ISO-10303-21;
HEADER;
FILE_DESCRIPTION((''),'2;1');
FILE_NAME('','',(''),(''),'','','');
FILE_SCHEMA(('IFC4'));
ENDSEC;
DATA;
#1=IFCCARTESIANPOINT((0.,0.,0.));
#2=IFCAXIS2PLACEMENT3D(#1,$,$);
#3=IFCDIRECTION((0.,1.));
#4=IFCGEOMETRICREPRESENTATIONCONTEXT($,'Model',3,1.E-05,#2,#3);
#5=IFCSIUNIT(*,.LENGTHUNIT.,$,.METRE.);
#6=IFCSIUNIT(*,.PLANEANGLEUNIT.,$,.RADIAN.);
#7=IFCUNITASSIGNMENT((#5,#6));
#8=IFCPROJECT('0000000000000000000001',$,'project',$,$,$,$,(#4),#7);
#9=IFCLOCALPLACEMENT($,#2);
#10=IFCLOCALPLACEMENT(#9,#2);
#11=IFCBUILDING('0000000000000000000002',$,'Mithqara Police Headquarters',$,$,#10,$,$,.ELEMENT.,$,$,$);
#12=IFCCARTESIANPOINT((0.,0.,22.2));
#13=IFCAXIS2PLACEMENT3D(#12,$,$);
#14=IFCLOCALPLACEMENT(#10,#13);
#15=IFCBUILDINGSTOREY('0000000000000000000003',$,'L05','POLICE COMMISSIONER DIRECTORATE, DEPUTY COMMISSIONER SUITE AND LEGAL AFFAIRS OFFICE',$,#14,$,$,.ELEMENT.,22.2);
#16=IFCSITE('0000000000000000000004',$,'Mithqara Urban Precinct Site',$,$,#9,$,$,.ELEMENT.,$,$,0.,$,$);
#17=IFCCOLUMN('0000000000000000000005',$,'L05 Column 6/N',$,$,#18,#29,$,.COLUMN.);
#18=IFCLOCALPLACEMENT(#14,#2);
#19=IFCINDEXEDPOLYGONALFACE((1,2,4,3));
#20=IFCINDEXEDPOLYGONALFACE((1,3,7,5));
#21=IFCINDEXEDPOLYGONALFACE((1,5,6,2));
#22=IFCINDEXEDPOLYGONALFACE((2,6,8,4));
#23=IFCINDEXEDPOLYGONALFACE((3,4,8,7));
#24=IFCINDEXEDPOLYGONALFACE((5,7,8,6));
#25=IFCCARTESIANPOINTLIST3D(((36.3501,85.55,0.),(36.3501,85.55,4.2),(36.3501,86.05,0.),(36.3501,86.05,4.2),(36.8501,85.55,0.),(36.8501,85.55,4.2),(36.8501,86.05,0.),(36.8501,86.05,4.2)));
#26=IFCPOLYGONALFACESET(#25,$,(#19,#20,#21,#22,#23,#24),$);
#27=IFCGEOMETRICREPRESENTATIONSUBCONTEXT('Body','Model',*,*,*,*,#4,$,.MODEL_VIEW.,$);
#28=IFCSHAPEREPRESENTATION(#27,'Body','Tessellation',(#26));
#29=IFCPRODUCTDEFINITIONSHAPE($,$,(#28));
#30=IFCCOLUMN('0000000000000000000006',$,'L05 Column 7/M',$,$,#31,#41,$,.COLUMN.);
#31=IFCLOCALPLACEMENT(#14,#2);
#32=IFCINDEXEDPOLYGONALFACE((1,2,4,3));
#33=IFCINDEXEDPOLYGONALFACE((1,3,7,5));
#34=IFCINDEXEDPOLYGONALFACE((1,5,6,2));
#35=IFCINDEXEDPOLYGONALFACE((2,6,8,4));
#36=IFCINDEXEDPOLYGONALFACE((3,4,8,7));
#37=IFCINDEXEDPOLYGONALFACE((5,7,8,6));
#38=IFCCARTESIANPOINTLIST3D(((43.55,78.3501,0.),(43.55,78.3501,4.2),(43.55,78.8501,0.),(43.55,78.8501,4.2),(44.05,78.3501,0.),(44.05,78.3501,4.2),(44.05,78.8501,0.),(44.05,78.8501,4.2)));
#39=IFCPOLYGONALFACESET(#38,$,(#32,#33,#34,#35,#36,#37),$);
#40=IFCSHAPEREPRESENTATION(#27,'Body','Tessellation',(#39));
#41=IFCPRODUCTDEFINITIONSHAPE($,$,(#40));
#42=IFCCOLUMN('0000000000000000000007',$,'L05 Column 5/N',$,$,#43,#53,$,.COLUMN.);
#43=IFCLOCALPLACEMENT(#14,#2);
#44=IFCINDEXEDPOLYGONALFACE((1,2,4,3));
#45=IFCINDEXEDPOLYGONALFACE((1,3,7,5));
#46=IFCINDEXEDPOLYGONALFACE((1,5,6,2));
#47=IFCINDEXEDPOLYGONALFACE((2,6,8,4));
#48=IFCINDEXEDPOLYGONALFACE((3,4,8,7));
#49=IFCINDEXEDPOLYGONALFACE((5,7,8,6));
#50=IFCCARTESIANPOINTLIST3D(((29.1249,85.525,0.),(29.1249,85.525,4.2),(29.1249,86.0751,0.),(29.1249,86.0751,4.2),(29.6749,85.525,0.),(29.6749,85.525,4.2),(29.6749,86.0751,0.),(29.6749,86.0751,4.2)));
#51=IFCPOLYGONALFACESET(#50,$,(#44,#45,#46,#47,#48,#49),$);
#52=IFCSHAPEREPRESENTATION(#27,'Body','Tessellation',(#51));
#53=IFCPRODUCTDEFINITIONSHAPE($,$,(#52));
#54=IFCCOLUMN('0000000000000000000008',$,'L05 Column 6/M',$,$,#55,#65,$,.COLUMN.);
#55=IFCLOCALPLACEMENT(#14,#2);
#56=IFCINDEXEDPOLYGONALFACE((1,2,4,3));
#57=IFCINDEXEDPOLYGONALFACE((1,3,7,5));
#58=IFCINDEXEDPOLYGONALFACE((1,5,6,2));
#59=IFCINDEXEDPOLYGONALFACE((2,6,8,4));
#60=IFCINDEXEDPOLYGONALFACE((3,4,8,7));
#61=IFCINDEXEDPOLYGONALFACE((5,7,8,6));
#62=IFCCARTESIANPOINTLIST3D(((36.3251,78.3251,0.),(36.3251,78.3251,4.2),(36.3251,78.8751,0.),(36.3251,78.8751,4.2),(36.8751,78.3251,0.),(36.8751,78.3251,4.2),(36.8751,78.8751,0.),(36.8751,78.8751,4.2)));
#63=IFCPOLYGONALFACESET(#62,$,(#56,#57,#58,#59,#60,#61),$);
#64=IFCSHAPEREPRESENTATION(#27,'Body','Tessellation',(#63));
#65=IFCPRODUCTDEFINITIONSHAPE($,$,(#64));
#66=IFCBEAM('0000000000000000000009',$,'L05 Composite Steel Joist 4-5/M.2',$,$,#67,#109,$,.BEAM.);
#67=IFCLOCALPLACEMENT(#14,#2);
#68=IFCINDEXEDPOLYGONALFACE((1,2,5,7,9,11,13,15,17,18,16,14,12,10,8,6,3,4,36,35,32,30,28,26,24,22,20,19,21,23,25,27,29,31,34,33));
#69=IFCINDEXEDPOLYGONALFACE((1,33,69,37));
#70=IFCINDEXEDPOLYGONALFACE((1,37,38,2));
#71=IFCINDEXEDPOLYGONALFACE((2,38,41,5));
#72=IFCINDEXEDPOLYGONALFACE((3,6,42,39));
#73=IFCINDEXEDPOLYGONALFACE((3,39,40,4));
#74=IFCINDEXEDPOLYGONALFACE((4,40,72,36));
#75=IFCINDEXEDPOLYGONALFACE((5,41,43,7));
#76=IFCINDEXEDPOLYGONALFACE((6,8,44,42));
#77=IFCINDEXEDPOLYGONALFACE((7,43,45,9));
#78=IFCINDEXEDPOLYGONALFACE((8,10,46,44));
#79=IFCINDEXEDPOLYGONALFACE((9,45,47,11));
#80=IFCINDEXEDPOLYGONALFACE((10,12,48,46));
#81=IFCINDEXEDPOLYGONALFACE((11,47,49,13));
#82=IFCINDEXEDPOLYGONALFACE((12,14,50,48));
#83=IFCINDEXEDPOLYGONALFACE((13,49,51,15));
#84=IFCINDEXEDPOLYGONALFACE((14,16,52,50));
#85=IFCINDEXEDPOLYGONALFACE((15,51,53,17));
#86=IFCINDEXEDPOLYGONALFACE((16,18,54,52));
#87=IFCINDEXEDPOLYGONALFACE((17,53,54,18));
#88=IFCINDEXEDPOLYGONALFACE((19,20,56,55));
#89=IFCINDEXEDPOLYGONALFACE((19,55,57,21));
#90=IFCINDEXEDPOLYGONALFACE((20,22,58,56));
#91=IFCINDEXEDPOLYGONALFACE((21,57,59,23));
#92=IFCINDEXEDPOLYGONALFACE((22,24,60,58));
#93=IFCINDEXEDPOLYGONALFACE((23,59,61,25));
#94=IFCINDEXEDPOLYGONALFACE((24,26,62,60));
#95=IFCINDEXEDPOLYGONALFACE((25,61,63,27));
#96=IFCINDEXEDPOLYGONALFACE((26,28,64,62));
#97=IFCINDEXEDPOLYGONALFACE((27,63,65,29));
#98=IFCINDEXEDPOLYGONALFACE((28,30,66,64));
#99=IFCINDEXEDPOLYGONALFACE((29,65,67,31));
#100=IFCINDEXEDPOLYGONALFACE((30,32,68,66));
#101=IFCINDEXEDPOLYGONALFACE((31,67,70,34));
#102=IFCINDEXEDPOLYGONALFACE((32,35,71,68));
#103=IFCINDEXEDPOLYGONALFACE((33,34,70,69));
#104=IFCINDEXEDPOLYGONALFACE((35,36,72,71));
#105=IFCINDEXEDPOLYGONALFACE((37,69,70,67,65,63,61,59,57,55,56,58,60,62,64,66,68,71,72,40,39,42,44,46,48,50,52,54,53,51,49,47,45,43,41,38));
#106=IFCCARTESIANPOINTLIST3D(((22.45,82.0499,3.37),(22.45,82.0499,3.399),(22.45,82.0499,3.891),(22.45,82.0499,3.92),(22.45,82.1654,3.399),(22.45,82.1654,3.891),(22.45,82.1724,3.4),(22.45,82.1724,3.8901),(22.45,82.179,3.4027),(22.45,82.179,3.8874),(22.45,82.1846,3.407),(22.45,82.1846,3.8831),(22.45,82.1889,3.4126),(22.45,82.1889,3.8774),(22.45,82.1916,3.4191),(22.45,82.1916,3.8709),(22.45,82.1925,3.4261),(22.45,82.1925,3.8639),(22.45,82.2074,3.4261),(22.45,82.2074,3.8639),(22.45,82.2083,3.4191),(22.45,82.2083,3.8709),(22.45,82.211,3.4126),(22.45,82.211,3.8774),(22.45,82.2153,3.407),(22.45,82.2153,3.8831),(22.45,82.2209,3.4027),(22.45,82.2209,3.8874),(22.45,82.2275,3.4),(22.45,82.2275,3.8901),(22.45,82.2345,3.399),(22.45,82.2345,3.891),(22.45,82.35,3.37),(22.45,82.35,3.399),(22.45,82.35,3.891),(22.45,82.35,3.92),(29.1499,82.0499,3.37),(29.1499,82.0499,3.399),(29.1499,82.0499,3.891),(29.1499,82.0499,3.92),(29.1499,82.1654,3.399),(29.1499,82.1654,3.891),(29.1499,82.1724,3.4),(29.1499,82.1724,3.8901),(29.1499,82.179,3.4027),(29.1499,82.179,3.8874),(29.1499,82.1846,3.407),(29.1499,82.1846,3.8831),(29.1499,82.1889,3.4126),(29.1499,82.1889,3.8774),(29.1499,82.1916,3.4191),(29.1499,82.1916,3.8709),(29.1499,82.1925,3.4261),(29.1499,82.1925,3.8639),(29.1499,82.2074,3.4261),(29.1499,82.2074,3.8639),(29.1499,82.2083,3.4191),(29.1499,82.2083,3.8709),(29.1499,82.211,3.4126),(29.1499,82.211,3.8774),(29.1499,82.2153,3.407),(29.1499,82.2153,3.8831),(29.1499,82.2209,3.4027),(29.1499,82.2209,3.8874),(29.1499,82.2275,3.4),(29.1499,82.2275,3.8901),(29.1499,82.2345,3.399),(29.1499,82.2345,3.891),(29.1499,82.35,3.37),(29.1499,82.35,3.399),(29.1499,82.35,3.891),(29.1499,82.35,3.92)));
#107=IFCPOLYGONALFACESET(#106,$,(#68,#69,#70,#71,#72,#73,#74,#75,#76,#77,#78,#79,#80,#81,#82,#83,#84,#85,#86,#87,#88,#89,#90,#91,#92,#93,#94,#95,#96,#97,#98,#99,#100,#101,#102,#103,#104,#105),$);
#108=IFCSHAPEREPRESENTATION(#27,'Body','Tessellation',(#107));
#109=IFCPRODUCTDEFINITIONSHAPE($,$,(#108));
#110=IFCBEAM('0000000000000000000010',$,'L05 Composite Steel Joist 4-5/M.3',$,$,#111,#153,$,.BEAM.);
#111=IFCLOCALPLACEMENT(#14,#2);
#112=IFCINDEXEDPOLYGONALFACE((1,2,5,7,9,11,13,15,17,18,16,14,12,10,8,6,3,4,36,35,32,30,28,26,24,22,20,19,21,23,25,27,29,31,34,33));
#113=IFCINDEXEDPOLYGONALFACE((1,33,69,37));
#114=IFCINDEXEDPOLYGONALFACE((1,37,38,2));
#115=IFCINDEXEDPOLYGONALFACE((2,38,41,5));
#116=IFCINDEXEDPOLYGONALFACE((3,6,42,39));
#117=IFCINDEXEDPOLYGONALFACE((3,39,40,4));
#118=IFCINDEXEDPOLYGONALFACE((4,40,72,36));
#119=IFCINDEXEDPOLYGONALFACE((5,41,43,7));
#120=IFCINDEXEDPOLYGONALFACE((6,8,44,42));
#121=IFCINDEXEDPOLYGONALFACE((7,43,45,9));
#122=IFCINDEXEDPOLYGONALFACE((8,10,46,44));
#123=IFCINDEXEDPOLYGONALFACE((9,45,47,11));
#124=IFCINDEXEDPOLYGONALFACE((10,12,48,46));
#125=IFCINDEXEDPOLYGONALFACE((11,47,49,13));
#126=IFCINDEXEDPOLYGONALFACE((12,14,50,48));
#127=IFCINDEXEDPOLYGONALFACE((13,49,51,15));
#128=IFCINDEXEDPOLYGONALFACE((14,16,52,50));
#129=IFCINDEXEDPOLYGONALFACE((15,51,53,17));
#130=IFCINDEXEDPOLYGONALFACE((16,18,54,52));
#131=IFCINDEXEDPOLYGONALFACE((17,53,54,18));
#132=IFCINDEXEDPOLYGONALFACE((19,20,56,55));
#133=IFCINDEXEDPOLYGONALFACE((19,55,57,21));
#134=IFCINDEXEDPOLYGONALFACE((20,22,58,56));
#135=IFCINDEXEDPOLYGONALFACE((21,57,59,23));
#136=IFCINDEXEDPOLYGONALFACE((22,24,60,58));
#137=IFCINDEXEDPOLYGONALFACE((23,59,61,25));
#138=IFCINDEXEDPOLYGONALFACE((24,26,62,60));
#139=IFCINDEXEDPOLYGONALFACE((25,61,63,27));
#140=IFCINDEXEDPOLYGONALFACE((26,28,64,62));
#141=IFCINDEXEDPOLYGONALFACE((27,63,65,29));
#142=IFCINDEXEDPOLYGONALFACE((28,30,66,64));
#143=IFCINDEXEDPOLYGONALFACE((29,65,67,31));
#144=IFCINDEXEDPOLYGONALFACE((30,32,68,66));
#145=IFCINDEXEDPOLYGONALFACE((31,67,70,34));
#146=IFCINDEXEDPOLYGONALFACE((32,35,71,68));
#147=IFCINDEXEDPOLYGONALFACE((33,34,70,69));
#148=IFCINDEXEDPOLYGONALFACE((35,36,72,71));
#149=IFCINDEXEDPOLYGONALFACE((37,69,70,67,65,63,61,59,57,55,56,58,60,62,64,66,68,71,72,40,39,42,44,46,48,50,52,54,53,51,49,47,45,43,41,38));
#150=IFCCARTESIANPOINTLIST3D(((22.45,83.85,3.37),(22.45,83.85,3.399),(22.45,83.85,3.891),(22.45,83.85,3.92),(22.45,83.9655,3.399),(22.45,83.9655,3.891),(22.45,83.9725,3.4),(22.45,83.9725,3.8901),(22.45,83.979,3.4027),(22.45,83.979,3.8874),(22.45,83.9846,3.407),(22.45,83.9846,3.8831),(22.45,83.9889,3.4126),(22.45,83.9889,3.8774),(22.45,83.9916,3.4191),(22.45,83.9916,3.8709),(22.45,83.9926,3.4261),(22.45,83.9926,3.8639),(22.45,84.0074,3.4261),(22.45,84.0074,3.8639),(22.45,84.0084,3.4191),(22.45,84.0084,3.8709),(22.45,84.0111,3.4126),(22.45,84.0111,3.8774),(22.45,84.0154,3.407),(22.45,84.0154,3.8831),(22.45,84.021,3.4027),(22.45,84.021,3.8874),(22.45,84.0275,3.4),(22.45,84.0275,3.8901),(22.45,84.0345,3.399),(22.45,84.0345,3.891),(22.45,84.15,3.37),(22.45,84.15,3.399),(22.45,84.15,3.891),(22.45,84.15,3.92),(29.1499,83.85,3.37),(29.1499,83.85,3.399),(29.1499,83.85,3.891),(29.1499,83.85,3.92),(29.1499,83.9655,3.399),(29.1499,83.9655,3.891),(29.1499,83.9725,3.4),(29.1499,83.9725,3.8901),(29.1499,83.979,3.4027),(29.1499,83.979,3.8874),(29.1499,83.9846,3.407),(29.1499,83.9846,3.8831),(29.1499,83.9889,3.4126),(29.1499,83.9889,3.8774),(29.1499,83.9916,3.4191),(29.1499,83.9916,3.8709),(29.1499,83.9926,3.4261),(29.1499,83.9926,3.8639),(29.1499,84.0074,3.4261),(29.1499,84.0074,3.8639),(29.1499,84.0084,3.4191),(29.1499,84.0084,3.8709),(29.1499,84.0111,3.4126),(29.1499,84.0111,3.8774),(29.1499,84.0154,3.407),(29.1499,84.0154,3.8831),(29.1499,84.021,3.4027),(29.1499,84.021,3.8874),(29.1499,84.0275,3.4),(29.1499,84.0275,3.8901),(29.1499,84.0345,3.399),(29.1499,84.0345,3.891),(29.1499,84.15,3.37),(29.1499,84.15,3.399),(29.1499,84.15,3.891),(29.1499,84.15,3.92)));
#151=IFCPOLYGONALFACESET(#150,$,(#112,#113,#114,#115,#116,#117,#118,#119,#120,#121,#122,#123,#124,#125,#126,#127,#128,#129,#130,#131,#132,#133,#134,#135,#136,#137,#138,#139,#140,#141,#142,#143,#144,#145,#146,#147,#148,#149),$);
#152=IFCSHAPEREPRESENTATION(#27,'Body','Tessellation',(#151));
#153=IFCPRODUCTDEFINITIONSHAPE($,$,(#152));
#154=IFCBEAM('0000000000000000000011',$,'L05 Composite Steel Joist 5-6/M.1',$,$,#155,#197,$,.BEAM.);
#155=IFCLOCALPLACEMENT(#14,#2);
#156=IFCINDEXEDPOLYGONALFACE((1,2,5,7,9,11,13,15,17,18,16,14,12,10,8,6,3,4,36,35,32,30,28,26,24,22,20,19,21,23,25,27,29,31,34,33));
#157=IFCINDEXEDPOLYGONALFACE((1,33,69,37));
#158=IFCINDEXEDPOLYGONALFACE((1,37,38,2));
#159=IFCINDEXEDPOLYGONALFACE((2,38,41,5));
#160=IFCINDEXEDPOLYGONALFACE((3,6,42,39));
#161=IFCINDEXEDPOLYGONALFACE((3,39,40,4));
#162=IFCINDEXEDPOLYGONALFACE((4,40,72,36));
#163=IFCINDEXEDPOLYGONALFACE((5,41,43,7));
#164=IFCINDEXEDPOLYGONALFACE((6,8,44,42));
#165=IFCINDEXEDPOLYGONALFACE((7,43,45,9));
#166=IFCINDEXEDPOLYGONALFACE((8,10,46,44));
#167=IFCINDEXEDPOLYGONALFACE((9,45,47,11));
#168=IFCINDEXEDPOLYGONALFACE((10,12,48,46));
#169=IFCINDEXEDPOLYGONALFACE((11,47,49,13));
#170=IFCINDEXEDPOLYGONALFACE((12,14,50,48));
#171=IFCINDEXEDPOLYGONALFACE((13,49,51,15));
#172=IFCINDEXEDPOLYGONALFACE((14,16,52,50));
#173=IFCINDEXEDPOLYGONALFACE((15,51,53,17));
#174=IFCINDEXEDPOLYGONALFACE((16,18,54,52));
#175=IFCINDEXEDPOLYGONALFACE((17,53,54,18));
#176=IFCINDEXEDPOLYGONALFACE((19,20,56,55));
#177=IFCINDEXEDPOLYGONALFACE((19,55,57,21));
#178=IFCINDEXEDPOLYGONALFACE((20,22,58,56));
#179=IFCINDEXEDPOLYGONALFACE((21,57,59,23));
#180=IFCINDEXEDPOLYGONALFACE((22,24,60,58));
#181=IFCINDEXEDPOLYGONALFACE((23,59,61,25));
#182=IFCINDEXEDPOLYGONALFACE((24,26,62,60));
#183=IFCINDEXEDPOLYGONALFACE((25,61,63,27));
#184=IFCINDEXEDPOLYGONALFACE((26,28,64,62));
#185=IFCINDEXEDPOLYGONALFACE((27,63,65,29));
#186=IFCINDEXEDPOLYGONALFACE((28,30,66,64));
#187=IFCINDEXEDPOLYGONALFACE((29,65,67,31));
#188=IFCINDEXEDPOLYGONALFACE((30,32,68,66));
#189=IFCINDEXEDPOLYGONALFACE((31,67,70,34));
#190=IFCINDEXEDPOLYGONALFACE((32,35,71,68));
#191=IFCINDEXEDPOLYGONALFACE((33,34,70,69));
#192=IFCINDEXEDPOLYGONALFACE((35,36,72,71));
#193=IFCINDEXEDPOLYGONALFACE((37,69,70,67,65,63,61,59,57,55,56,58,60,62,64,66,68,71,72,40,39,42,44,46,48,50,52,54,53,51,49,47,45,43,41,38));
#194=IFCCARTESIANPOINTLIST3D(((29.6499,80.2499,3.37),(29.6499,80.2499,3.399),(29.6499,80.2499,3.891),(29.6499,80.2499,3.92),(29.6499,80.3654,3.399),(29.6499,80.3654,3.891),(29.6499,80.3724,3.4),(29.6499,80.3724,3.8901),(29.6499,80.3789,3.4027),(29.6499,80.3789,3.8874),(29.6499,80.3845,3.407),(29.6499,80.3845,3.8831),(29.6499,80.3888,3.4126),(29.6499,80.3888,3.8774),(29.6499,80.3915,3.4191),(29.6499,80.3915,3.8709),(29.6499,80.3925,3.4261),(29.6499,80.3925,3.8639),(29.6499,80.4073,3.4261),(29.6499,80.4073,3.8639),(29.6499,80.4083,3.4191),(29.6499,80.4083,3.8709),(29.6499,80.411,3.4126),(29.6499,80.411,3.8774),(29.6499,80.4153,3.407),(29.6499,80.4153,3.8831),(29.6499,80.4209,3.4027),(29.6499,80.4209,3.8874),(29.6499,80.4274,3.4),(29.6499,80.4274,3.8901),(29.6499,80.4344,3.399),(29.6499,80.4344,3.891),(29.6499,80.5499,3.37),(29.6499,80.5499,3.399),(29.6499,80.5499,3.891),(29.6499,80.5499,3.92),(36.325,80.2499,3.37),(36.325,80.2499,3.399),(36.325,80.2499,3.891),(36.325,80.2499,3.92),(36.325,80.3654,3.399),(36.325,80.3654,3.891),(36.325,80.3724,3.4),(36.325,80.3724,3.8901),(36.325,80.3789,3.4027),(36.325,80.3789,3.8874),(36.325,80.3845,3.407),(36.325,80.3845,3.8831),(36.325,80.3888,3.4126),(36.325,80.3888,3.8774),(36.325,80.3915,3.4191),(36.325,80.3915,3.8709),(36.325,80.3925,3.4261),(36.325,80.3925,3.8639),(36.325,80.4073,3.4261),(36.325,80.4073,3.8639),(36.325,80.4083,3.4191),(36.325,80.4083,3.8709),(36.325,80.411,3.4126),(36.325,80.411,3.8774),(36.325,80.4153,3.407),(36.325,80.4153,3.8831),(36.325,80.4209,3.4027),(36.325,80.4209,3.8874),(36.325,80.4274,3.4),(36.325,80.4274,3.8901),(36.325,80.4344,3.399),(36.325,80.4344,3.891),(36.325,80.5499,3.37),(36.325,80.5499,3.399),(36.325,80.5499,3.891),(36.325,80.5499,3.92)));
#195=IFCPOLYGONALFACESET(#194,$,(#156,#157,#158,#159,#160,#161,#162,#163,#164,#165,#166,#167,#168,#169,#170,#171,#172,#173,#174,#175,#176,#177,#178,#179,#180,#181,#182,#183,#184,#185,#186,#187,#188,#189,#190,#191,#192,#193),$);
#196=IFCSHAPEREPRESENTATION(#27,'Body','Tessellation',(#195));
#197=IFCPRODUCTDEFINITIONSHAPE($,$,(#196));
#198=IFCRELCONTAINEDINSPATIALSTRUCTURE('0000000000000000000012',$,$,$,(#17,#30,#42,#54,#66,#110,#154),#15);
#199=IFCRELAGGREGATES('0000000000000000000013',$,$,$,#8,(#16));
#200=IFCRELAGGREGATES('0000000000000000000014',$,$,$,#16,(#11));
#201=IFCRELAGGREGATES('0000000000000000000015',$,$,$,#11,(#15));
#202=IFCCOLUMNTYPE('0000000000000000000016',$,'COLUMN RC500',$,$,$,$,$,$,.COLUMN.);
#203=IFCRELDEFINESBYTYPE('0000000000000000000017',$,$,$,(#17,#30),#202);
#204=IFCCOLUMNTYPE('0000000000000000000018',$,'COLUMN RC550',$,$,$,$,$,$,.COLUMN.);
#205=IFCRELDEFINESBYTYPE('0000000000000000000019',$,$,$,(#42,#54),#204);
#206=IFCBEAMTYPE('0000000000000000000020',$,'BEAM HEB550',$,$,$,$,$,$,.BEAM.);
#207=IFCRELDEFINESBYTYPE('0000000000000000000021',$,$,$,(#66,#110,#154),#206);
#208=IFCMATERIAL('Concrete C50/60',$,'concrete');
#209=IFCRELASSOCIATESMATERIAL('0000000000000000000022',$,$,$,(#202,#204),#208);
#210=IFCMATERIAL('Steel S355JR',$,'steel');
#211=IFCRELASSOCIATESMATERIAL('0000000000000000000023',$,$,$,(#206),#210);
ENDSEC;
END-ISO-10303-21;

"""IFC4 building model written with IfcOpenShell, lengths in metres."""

from ifc_helpers import new_model, si_unit, direction, frame, origin, origin_2d, place, context, subcontext, project, spatial, rectangle, i_section, extrude, material, material_profile, profile_set, type_object, element, save


model = new_model("IFC4")

# Units and contexts
model_context = context("Model", 3, precision=1e-05, world=origin(), true_north=direction((0.0, 1.0)))
body_context = subcontext(model_context, "Body", "Model", "MODEL_VIEW")
ifc_project = project(units=[si_unit("LENGTHUNIT", "METRE"), si_unit("PLANEANGLEUNIT", "RADIAN")], contexts=[model_context])

# Site, building, storey
site_placement = place(None, origin())
site = spatial("IfcSite", under=ifc_project, at=site_placement, Name="Mithqara Urban Precinct Site", CompositionType="ELEMENT", RefElevation=0.0)
building_placement = place(site_placement, origin())
building = spatial("IfcBuilding", under=site, at=building_placement, Name="Mithqara Police Headquarters", CompositionType="ELEMENT")
storey_placement = place(building_placement, frame((0.0, 0.0, 22.2)))
storey = spatial("IfcBuildingStorey", under=building, at=storey_placement, Name="L05", Description="POLICE COMMISSIONER DIRECTORATE, DEPUTY COMMISSIONER SUITE AND LEGAL AFFAIRS OFFICE", CompositionType="ELEMENT", Elevation=22.2)

# Columns
ifc_material_1 = material(Name="Concrete C50/60", Category="concrete")
ifc_material_profile_1 = material_profile(ifc_material_1, rectangle(XDim=0.5, YDim=0.5, at=origin_2d()), Name="RC 500x500")
ifc_profile_set_1 = profile_set([ifc_material_profile_1], Name="Concrete C50/60")
column_type_1 = type_object("IfcColumnType", Name="COLUMN RC500", PredefinedType="COLUMN", material=ifc_profile_set_1)
for number, where, z_axis, x_axis, name in (
    (1, (36.6001, 85.8, 0.0), (0.0, 0.0, 1.0), (1.0, 0.0, 0.0), "L05 Column 6/N"),
    (2, (43.8, 78.6001, 0.0), (0.0, 0.0, 1.0), (1.0, 0.0, 0.0), "L05 Column 7/M"),
):
    element("IfcColumn", number, at=place(storey_placement, frame(where, z_axis=z_axis, x_axis=x_axis)), inside=storey, type_object=column_type_1, Name=name, PredefinedType="COLUMN", context=body_context, shape_type="SweptSolid", body=[
        extrude(rectangle(XDim=0.5, YDim=0.5, at=origin_2d()), origin(), (0.0, 0.0, 1.0), 4.2),
    ])
ifc_material_profile_2 = material_profile(ifc_material_1, rectangle(XDim=0.55, YDim=0.55, at=origin_2d()), Name="RC 550x550")
ifc_profile_set_2 = profile_set([ifc_material_profile_2], Name="Concrete C50/60")
column_type_2 = type_object("IfcColumnType", Name="COLUMN RC550", PredefinedType="COLUMN", material=ifc_profile_set_2)
for number, where, z_axis, x_axis, name in (
    (3, (29.3999, 85.8, 0.0), (0.0, 0.0, 1.0), (1.0, 0.0, 0.0), "L05 Column 5/N"),
    (4, (36.6001, 78.6001, 0.0), (0.0, 0.0, 1.0), (1.0, 0.0, 0.0), "L05 Column 6/M"),
):
    element("IfcColumn", number, at=place(storey_placement, frame(where, z_axis=z_axis, x_axis=x_axis)), inside=storey, type_object=column_type_2, Name=name, PredefinedType="COLUMN", context=body_context, shape_type="SweptSolid", body=[
        extrude(rectangle(XDim=0.55, YDim=0.55, at=origin_2d()), origin(), (0.0, 0.0, 1.0), 4.2),
    ])

# Beams
ifc_material_2 = material(Name="Steel S355JR", Category="steel")
ifc_material_profile_3 = material_profile(ifc_material_2, i_section(OverallWidth=0.3, OverallDepth=0.55, WebThickness=0.0149, FlangeThickness=0.0291, FilletRadius=0.0271, at=origin_2d()), Name="HEB 550")
ifc_profile_set_3 = profile_set([ifc_material_profile_3], Name="Steel S355JR")
beam_type_1 = type_object("IfcBeamType", Name="BEAM HEB550", PredefinedType="BEAM", material=ifc_profile_set_3)
for number, where, z_axis, x_axis, name in (
    (5, (22.45, 82.2, 3.645), (1.0, 0.0, 0.0), (0.0, 1.0, 0.0), "L05 Composite Steel Joist 4-5/M.2"),
    (6, (22.45, 84.0, 3.645), (1.0, 0.0, 0.0), (0.0, 1.0, 0.0), "L05 Composite Steel Joist 4-5/M.3"),
):
    element("IfcBeam", number, at=place(storey_placement, frame(where, z_axis=z_axis, x_axis=x_axis)), inside=storey, type_object=beam_type_1, Name=name, PredefinedType="BEAM", context=body_context, shape_type="SweptSolid", body=[
        extrude(i_section(OverallWidth=0.3, OverallDepth=0.55, WebThickness=0.0149, FlangeThickness=0.0291, FilletRadius=0.0271, at=origin_2d()), origin(), (0.0, 0.0, 1.0), 6.7),
    ])
for number, where, z_axis, x_axis, name in (
    (7, (29.6499, 80.3999, 3.645), (1.0, 0.0, 0.0), (0.0, 1.0, 0.0), "L05 Composite Steel Joist 5-6/M.1"),
):
    element("IfcBeam", number, at=place(storey_placement, frame(where, z_axis=z_axis, x_axis=x_axis)), inside=storey, type_object=beam_type_1, Name=name, PredefinedType="BEAM", context=body_context, shape_type="SweptSolid", body=[
        extrude(i_section(OverallWidth=0.3, OverallDepth=0.55, WebThickness=0.0149, FlangeThickness=0.0291, FilletRadius=0.0271, at=origin_2d()), origin(), (0.0, 0.0, 1.0), 6.675),
    ])

save(model, "model.ifc")
